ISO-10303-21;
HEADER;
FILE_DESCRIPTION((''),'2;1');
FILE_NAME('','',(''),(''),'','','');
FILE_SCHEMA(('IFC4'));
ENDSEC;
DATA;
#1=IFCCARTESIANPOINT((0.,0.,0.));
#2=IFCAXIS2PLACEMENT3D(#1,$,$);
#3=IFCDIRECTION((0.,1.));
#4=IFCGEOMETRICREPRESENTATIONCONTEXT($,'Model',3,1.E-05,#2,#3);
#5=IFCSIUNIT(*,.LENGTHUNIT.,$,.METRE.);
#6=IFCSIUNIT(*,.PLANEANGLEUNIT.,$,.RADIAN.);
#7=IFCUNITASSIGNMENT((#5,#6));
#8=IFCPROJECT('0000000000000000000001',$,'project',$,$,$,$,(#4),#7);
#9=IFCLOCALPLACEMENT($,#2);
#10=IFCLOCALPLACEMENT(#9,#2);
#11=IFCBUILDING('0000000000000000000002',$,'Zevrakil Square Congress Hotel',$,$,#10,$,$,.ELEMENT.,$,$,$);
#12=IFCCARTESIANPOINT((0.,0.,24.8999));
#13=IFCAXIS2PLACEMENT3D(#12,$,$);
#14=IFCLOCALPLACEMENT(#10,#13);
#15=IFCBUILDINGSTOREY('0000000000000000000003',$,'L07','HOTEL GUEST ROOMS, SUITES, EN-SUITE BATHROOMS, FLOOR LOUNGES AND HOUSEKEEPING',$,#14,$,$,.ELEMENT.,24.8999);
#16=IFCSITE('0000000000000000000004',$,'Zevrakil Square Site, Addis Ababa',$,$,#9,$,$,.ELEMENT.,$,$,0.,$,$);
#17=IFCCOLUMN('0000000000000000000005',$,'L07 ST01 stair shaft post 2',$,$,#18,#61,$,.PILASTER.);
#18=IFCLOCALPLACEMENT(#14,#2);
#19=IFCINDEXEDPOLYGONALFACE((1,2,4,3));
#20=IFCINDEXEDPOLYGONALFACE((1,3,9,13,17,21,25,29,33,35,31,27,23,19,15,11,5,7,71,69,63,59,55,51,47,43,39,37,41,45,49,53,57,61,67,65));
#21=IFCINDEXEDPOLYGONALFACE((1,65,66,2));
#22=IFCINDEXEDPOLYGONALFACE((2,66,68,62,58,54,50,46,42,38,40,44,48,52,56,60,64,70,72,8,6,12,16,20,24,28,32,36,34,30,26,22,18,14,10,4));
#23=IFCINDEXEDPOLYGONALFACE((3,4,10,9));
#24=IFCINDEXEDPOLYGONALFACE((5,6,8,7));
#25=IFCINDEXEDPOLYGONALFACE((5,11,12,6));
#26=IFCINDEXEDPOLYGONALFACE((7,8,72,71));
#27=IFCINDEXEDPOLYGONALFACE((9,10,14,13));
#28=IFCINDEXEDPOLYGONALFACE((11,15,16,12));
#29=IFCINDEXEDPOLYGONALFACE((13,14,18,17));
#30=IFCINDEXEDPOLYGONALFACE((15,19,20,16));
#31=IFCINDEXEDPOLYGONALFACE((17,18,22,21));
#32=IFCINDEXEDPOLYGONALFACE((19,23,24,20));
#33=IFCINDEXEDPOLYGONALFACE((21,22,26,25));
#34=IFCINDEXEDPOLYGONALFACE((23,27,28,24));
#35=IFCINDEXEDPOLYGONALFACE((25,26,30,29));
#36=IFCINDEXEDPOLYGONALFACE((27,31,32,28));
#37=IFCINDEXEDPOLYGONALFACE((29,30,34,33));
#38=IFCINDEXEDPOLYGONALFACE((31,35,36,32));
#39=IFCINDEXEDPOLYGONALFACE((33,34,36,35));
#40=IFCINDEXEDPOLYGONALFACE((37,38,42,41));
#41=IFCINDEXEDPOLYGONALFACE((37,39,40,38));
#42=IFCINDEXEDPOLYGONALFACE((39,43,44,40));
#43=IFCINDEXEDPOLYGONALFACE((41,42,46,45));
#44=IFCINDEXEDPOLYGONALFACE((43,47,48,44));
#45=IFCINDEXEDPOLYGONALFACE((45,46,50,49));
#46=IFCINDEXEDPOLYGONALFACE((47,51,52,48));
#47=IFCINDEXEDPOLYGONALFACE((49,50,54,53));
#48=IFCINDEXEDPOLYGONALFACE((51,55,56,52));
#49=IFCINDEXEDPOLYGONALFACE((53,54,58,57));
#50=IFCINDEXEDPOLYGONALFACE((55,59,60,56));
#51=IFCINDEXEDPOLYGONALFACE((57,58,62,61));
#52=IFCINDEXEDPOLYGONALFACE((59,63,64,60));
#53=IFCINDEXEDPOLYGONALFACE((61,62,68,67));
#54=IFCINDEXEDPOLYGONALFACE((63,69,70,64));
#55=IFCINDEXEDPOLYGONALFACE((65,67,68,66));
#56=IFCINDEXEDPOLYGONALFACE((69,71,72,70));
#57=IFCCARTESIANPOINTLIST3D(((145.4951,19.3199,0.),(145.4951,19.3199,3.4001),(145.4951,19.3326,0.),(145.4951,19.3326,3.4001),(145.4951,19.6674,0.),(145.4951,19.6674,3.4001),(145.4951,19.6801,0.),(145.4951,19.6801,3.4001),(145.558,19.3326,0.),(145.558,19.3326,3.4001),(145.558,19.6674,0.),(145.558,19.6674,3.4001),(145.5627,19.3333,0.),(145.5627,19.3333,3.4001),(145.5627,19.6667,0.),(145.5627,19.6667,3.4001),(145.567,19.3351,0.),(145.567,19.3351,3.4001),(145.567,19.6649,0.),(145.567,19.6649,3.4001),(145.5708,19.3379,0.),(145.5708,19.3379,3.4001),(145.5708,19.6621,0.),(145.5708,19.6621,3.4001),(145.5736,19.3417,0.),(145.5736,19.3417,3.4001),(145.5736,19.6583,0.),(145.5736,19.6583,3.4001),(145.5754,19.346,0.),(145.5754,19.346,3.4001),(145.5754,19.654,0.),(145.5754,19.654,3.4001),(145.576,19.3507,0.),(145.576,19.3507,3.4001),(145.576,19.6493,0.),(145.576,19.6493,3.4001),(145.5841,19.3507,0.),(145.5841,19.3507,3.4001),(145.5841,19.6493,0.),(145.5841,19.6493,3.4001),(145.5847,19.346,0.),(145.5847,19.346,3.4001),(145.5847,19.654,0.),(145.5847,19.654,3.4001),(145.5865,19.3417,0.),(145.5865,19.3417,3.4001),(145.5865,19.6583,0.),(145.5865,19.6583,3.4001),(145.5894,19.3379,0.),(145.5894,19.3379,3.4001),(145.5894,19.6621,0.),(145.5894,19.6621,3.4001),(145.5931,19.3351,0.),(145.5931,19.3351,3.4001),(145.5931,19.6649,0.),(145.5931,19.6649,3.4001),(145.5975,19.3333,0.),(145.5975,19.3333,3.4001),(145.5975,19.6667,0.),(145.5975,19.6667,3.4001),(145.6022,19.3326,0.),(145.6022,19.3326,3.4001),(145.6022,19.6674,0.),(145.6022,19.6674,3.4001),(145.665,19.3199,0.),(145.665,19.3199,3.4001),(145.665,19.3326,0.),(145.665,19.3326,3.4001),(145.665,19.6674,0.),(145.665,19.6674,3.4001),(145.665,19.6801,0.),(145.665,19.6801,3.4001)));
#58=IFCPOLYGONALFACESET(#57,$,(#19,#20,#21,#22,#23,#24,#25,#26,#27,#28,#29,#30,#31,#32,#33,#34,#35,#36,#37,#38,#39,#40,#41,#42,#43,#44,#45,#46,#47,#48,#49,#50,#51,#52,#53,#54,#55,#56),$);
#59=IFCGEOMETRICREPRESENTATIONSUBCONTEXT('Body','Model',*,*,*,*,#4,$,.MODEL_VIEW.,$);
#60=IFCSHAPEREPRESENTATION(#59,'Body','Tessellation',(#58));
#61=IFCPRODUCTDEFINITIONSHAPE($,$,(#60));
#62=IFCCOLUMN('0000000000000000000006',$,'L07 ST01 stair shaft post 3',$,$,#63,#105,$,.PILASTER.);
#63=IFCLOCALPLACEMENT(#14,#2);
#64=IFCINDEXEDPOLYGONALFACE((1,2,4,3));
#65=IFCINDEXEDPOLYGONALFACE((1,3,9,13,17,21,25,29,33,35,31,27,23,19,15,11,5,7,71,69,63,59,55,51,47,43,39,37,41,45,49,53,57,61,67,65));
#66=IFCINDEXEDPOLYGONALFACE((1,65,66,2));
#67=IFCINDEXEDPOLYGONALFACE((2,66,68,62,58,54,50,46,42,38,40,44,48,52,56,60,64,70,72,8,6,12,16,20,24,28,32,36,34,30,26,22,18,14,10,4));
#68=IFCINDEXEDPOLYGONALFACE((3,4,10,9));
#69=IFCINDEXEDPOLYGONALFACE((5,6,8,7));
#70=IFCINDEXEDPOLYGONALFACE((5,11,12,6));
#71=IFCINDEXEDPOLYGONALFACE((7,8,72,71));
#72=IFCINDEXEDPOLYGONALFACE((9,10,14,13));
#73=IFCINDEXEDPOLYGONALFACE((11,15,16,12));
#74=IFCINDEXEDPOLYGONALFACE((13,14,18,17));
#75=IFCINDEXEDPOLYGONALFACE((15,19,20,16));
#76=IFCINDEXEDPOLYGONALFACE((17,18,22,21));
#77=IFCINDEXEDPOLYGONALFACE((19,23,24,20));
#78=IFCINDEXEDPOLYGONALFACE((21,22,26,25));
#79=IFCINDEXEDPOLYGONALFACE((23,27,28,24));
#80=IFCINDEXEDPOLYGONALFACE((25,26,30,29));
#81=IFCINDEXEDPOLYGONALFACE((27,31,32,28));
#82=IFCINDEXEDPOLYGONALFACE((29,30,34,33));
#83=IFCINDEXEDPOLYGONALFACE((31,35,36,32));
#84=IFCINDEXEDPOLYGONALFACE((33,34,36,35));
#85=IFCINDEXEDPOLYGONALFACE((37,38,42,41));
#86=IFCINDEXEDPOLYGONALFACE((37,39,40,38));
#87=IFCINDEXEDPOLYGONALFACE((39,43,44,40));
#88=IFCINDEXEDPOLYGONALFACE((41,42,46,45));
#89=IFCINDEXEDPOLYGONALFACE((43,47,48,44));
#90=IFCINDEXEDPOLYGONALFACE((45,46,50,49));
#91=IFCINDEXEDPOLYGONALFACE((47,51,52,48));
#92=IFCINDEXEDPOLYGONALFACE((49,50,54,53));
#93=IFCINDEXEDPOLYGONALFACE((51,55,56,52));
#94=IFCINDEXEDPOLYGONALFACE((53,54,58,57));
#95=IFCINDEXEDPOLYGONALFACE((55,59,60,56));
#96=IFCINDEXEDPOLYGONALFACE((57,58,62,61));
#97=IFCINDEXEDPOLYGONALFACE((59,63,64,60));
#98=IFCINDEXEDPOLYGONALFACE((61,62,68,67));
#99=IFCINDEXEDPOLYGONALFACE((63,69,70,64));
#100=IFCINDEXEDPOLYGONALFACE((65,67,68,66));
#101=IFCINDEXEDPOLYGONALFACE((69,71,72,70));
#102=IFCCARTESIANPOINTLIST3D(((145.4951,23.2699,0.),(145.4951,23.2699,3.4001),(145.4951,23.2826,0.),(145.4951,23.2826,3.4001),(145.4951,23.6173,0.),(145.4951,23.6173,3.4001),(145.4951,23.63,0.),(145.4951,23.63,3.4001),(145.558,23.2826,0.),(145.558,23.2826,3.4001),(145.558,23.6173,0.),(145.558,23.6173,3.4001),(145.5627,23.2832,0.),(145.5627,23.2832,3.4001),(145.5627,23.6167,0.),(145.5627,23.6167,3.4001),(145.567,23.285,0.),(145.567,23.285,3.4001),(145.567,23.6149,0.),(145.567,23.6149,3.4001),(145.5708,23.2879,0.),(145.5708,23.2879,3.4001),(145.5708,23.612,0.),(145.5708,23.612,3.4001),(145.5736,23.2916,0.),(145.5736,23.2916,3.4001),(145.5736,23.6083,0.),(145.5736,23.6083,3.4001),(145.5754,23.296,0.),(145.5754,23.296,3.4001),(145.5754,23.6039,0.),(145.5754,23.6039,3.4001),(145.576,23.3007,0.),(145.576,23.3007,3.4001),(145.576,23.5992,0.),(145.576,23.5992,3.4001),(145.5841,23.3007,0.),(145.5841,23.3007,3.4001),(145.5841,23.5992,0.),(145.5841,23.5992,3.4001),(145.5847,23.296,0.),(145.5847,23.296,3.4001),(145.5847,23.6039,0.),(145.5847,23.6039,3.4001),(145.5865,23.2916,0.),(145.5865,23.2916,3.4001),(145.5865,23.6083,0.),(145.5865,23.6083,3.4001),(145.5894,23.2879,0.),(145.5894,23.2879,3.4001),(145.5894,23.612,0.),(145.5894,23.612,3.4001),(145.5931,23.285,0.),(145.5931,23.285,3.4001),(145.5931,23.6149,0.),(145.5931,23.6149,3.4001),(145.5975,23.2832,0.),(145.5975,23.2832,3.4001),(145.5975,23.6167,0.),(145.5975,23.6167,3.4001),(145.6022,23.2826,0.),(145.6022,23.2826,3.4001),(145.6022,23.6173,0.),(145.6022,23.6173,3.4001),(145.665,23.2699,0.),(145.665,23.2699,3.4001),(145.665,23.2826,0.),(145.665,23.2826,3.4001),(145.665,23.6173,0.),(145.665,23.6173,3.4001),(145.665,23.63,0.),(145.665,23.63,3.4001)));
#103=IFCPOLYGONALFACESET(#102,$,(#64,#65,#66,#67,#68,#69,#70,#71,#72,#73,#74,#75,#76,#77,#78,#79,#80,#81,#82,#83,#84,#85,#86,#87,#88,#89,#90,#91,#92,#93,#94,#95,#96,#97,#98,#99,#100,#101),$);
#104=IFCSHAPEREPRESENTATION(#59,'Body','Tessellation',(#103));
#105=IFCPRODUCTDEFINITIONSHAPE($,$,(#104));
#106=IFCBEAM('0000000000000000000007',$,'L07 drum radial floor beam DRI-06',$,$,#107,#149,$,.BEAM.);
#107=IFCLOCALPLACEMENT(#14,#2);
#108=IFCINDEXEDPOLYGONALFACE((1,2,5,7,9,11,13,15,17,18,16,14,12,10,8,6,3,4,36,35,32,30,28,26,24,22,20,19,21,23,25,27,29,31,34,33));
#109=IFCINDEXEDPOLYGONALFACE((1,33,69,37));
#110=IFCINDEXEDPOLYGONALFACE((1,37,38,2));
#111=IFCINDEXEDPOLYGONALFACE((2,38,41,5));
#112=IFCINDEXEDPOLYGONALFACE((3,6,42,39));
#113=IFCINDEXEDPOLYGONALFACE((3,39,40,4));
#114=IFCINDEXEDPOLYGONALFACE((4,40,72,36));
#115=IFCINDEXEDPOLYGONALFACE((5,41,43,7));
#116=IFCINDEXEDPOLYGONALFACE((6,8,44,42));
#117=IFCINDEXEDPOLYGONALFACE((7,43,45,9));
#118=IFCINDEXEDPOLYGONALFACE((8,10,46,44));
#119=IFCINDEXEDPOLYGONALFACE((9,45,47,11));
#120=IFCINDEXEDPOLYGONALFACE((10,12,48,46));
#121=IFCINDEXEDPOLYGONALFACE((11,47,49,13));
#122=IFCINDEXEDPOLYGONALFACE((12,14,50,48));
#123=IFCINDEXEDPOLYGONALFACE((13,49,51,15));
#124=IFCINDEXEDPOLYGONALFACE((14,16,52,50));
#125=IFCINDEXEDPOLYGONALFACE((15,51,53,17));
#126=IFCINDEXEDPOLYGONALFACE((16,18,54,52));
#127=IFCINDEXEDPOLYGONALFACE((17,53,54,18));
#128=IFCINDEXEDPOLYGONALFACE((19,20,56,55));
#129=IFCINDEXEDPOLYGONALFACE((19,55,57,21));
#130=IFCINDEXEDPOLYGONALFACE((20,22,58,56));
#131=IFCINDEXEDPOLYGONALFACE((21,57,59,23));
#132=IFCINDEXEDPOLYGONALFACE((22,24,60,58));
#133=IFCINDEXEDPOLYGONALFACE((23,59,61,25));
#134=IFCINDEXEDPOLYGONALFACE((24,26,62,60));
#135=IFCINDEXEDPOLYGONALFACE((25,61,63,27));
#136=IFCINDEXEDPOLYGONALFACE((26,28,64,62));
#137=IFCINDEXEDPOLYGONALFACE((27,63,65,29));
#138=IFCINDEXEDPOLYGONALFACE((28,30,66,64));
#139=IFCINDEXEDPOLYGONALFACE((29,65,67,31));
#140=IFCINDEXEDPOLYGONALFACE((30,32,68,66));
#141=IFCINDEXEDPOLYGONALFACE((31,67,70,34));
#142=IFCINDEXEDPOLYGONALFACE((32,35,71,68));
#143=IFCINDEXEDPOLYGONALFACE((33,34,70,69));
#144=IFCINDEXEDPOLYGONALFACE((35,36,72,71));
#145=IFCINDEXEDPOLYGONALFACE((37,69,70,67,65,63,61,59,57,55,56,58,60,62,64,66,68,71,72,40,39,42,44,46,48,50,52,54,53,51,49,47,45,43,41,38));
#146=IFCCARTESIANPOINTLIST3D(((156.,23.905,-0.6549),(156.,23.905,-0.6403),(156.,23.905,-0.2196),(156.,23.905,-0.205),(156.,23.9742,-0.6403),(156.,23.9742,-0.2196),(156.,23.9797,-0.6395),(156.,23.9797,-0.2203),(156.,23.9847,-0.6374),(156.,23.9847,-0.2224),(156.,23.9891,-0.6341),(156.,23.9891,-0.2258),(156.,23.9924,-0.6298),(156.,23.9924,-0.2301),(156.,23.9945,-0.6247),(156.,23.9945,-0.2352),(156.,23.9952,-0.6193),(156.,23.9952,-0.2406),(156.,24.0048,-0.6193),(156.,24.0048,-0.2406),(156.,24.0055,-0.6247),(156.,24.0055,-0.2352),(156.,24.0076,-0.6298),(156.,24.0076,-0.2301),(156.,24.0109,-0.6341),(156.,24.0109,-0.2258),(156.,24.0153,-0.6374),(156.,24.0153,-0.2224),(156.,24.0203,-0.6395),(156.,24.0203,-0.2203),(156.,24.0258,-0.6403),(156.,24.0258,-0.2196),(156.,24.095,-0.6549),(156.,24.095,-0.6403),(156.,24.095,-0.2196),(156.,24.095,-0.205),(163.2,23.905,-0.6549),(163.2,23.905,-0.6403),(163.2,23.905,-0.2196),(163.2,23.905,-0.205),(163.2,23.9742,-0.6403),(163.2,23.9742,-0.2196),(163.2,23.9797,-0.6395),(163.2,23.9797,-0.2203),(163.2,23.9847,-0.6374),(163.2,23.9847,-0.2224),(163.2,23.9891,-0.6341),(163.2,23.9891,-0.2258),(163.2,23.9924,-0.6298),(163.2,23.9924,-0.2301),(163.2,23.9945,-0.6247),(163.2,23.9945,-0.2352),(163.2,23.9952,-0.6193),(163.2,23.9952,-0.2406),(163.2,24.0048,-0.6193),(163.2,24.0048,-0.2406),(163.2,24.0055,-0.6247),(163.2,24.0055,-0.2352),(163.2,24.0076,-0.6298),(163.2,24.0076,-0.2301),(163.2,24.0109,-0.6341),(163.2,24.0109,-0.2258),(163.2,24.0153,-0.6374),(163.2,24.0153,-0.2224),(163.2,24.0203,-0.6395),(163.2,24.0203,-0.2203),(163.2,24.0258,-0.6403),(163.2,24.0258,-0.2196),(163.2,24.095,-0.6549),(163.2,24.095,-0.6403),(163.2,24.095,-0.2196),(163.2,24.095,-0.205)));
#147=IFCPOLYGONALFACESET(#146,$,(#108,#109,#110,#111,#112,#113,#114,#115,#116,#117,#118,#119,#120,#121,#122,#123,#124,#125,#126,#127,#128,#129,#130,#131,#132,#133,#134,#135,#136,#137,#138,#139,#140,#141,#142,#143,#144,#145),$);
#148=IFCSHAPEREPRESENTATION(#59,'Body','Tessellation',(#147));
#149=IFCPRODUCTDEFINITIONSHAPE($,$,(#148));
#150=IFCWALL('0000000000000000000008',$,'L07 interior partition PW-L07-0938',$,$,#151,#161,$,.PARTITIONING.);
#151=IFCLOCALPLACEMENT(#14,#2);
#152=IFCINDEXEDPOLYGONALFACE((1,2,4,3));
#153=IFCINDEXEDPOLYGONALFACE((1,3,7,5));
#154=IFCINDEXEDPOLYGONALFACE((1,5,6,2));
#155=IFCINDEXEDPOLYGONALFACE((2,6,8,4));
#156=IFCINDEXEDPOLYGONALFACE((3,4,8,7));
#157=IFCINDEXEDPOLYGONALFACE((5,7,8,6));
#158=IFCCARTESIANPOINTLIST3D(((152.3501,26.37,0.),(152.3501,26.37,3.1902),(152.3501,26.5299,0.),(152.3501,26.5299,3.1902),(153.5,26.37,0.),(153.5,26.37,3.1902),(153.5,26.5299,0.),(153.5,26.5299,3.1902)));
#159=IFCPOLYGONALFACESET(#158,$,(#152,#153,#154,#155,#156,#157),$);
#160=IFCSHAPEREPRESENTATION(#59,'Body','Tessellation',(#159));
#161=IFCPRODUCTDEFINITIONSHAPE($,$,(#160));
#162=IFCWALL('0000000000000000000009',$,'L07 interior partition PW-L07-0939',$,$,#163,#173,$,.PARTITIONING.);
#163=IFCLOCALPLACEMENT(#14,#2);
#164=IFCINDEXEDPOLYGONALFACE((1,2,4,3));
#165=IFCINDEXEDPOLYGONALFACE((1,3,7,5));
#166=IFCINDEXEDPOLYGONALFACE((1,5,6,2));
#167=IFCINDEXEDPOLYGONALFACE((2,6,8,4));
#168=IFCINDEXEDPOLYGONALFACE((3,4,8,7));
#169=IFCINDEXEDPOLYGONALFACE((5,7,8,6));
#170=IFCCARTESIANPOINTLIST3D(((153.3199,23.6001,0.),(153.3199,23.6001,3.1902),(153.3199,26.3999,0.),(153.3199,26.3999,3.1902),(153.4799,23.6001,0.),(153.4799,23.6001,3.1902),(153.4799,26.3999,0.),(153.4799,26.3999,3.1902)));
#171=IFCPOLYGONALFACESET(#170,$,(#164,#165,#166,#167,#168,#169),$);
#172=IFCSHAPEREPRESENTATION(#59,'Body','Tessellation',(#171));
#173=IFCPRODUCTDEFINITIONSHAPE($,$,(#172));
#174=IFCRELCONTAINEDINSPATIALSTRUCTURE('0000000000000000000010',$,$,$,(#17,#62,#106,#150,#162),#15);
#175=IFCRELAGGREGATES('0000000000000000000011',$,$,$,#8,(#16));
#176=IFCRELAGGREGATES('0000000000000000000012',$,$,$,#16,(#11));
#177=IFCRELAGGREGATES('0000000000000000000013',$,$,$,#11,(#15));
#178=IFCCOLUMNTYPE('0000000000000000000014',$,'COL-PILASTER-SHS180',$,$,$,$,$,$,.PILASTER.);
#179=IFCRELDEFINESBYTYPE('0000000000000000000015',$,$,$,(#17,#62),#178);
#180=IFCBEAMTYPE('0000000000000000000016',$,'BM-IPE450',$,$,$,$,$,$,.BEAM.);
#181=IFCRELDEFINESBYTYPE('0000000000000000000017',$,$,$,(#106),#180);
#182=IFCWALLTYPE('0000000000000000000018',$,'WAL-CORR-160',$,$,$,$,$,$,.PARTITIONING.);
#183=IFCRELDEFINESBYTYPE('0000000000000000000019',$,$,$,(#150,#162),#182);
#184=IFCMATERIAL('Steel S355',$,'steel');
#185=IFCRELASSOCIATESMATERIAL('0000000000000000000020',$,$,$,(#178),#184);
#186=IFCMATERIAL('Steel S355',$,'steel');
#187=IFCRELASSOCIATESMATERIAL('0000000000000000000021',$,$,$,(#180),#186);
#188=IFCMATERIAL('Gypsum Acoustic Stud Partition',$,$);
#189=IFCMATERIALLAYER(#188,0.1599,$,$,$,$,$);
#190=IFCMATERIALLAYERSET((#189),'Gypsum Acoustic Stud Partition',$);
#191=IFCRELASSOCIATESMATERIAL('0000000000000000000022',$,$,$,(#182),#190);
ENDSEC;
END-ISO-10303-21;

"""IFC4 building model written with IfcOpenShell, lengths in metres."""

from ifc_helpers import new_model, si_unit, direction, frame, frame_2d, origin, origin_2d, place, context, subcontext, project, spatial, rectangle, i_section, extrude, material, layer, layer_set, material_profile, profile_set, type_object, element, save


model = new_model("IFC4")

# Units and contexts
model_context = context("Model", 3, precision=1e-05, world=origin(), true_north=direction((0.0, 1.0)))
body_context = subcontext(model_context, "Body", "Model", "MODEL_VIEW")
ifc_project = project(units=[si_unit("LENGTHUNIT", "METRE"), si_unit("PLANEANGLEUNIT", "RADIAN")], contexts=[model_context])

# Site, building, storey
site_placement = place(None, origin())
site = spatial("IfcSite", under=ifc_project, at=site_placement, Name="Zevrakil Square Site, Addis Ababa", CompositionType="ELEMENT", RefElevation=0.0)
building_placement = place(site_placement, origin())
building = spatial("IfcBuilding", under=site, at=building_placement, Name="Zevrakil Square Congress Hotel", CompositionType="ELEMENT")
storey_placement = place(building_placement, frame((0.0, 0.0, 24.8999)))
storey = spatial("IfcBuildingStorey", under=building, at=storey_placement, Name="L07", Description="HOTEL GUEST ROOMS, SUITES, EN-SUITE BATHROOMS, FLOOR LOUNGES AND HOUSEKEEPING", CompositionType="ELEMENT", Elevation=24.8999)

# Columns
ifc_material_1 = material(Name="Steel S355", Category="steel")
ifc_material_profile_1 = material_profile(ifc_material_1, i_section(OverallWidth=0.1699, OverallDepth=0.3601, WebThickness=0.0081, FlangeThickness=0.0127, FilletRadius=0.0181, at=origin_2d()), Name="IPE 360")
ifc_profile_set_1 = profile_set([ifc_material_profile_1], Name="Steel S355")
column_type = type_object("IfcColumnType", Name="COL-PILASTER-SHS180", PredefinedType="PILASTER", material=ifc_profile_set_1)
for number, where, z_axis, x_axis, name in (
    (1, (145.5801, 19.5, 0.0), (0.0, 0.0, 1.0), (1.0, 0.0, 0.0), "L07 ST01 stair shaft post 2"),
    (2, (145.5801, 23.45, 0.0), (0.0, 0.0, 1.0), (1.0, 0.0, 0.0), "L07 ST01 stair shaft post 3"),
):
    element("IfcColumn", number, at=place(storey_placement, frame(where, z_axis=z_axis, x_axis=x_axis)), inside=storey, type_object=column_type, Name=name, PredefinedType="PILASTER", context=body_context, shape_type="SweptSolid", body=[
        extrude(i_section(OverallWidth=0.1699, OverallDepth=0.3601, WebThickness=0.0081, FlangeThickness=0.0127, FilletRadius=0.0181, at=origin_2d()), origin(), (0.0, 0.0, 1.0), 3.4001),
    ])

# Beam
ifc_material_2 = material(Name="Steel S355", Category="steel")
ifc_material_profile_2 = material_profile(ifc_material_2, i_section(OverallWidth=0.1899, OverallDepth=0.45, WebThickness=0.0095, FlangeThickness=0.0146, FilletRadius=0.021, at=origin_2d()), Name="IPE 450")
ifc_profile_set_2 = profile_set([ifc_material_profile_2], Name="Steel S355")
beam_type = type_object("IfcBeamType", Name="BM-IPE450", PredefinedType="BEAM", material=ifc_profile_set_2)
beam_placement = place(storey_placement, frame((156.0, 24.0, -0.4299), z_axis=(1.0, 0.0, 0.0), x_axis=(0.0, 1.0, 0.0)))
element("IfcBeam", 3, at=beam_placement, inside=storey, type_object=beam_type, Name="L07 drum radial floor beam DRI-06", PredefinedType="BEAM", context=body_context, shape_type="SweptSolid", body=[
    extrude(i_section(OverallWidth=0.1899, OverallDepth=0.45, WebThickness=0.0095, FlangeThickness=0.0146, FilletRadius=0.021, at=origin_2d()), origin(), (0.0, 0.0, 1.0), 7.2),
])

# Walls
ifc_material_3 = material(Name="Gypsum Acoustic Stud Partition")
ifc_layer_1 = layer(ifc_material_3, 0.1599)
ifc_layer_set_1 = layer_set([ifc_layer_1], Name="Gypsum Acoustic Stud Partition")
wall_type_1 = type_object("IfcWallType", Name="WAL-CORR-160", PredefinedType="PARTITIONING", material=ifc_layer_set_1)
wall_1_placement = place(storey_placement, frame((152.3501, 26.45, 0.0), z_axis=(0.0, 0.0, 1.0), x_axis=(1.0, 0.0, 0.0)))
element("IfcWall", 4, at=wall_1_placement, inside=storey, type_object=wall_type_1, Name="L07 interior partition PW-L07-0938", PredefinedType="PARTITIONING", context=body_context, shape_type="SweptSolid", body=[
    extrude(rectangle(XDim=1.1499, YDim=0.1599, at=frame_2d((0.575, 0.0))), origin(), (0.0, 0.0, 1.0), 3.1902),
])
wall_2_placement = place(storey_placement, frame((153.3999, 23.6001, 0.0), z_axis=(0.0, 0.0, 1.0), x_axis=(0.0, 1.0, 0.0)))
element("IfcWall", 5, at=wall_2_placement, inside=storey, type_object=wall_type_1, Name="L07 interior partition PW-L07-0939", PredefinedType="PARTITIONING", context=body_context, shape_type="SweptSolid", body=[
    extrude(rectangle(XDim=2.7998, YDim=0.1599, at=frame_2d((1.3999, 0.0))), origin(), (0.0, 0.0, 1.0), 3.1902),
])

save(model, "model.ifc")
